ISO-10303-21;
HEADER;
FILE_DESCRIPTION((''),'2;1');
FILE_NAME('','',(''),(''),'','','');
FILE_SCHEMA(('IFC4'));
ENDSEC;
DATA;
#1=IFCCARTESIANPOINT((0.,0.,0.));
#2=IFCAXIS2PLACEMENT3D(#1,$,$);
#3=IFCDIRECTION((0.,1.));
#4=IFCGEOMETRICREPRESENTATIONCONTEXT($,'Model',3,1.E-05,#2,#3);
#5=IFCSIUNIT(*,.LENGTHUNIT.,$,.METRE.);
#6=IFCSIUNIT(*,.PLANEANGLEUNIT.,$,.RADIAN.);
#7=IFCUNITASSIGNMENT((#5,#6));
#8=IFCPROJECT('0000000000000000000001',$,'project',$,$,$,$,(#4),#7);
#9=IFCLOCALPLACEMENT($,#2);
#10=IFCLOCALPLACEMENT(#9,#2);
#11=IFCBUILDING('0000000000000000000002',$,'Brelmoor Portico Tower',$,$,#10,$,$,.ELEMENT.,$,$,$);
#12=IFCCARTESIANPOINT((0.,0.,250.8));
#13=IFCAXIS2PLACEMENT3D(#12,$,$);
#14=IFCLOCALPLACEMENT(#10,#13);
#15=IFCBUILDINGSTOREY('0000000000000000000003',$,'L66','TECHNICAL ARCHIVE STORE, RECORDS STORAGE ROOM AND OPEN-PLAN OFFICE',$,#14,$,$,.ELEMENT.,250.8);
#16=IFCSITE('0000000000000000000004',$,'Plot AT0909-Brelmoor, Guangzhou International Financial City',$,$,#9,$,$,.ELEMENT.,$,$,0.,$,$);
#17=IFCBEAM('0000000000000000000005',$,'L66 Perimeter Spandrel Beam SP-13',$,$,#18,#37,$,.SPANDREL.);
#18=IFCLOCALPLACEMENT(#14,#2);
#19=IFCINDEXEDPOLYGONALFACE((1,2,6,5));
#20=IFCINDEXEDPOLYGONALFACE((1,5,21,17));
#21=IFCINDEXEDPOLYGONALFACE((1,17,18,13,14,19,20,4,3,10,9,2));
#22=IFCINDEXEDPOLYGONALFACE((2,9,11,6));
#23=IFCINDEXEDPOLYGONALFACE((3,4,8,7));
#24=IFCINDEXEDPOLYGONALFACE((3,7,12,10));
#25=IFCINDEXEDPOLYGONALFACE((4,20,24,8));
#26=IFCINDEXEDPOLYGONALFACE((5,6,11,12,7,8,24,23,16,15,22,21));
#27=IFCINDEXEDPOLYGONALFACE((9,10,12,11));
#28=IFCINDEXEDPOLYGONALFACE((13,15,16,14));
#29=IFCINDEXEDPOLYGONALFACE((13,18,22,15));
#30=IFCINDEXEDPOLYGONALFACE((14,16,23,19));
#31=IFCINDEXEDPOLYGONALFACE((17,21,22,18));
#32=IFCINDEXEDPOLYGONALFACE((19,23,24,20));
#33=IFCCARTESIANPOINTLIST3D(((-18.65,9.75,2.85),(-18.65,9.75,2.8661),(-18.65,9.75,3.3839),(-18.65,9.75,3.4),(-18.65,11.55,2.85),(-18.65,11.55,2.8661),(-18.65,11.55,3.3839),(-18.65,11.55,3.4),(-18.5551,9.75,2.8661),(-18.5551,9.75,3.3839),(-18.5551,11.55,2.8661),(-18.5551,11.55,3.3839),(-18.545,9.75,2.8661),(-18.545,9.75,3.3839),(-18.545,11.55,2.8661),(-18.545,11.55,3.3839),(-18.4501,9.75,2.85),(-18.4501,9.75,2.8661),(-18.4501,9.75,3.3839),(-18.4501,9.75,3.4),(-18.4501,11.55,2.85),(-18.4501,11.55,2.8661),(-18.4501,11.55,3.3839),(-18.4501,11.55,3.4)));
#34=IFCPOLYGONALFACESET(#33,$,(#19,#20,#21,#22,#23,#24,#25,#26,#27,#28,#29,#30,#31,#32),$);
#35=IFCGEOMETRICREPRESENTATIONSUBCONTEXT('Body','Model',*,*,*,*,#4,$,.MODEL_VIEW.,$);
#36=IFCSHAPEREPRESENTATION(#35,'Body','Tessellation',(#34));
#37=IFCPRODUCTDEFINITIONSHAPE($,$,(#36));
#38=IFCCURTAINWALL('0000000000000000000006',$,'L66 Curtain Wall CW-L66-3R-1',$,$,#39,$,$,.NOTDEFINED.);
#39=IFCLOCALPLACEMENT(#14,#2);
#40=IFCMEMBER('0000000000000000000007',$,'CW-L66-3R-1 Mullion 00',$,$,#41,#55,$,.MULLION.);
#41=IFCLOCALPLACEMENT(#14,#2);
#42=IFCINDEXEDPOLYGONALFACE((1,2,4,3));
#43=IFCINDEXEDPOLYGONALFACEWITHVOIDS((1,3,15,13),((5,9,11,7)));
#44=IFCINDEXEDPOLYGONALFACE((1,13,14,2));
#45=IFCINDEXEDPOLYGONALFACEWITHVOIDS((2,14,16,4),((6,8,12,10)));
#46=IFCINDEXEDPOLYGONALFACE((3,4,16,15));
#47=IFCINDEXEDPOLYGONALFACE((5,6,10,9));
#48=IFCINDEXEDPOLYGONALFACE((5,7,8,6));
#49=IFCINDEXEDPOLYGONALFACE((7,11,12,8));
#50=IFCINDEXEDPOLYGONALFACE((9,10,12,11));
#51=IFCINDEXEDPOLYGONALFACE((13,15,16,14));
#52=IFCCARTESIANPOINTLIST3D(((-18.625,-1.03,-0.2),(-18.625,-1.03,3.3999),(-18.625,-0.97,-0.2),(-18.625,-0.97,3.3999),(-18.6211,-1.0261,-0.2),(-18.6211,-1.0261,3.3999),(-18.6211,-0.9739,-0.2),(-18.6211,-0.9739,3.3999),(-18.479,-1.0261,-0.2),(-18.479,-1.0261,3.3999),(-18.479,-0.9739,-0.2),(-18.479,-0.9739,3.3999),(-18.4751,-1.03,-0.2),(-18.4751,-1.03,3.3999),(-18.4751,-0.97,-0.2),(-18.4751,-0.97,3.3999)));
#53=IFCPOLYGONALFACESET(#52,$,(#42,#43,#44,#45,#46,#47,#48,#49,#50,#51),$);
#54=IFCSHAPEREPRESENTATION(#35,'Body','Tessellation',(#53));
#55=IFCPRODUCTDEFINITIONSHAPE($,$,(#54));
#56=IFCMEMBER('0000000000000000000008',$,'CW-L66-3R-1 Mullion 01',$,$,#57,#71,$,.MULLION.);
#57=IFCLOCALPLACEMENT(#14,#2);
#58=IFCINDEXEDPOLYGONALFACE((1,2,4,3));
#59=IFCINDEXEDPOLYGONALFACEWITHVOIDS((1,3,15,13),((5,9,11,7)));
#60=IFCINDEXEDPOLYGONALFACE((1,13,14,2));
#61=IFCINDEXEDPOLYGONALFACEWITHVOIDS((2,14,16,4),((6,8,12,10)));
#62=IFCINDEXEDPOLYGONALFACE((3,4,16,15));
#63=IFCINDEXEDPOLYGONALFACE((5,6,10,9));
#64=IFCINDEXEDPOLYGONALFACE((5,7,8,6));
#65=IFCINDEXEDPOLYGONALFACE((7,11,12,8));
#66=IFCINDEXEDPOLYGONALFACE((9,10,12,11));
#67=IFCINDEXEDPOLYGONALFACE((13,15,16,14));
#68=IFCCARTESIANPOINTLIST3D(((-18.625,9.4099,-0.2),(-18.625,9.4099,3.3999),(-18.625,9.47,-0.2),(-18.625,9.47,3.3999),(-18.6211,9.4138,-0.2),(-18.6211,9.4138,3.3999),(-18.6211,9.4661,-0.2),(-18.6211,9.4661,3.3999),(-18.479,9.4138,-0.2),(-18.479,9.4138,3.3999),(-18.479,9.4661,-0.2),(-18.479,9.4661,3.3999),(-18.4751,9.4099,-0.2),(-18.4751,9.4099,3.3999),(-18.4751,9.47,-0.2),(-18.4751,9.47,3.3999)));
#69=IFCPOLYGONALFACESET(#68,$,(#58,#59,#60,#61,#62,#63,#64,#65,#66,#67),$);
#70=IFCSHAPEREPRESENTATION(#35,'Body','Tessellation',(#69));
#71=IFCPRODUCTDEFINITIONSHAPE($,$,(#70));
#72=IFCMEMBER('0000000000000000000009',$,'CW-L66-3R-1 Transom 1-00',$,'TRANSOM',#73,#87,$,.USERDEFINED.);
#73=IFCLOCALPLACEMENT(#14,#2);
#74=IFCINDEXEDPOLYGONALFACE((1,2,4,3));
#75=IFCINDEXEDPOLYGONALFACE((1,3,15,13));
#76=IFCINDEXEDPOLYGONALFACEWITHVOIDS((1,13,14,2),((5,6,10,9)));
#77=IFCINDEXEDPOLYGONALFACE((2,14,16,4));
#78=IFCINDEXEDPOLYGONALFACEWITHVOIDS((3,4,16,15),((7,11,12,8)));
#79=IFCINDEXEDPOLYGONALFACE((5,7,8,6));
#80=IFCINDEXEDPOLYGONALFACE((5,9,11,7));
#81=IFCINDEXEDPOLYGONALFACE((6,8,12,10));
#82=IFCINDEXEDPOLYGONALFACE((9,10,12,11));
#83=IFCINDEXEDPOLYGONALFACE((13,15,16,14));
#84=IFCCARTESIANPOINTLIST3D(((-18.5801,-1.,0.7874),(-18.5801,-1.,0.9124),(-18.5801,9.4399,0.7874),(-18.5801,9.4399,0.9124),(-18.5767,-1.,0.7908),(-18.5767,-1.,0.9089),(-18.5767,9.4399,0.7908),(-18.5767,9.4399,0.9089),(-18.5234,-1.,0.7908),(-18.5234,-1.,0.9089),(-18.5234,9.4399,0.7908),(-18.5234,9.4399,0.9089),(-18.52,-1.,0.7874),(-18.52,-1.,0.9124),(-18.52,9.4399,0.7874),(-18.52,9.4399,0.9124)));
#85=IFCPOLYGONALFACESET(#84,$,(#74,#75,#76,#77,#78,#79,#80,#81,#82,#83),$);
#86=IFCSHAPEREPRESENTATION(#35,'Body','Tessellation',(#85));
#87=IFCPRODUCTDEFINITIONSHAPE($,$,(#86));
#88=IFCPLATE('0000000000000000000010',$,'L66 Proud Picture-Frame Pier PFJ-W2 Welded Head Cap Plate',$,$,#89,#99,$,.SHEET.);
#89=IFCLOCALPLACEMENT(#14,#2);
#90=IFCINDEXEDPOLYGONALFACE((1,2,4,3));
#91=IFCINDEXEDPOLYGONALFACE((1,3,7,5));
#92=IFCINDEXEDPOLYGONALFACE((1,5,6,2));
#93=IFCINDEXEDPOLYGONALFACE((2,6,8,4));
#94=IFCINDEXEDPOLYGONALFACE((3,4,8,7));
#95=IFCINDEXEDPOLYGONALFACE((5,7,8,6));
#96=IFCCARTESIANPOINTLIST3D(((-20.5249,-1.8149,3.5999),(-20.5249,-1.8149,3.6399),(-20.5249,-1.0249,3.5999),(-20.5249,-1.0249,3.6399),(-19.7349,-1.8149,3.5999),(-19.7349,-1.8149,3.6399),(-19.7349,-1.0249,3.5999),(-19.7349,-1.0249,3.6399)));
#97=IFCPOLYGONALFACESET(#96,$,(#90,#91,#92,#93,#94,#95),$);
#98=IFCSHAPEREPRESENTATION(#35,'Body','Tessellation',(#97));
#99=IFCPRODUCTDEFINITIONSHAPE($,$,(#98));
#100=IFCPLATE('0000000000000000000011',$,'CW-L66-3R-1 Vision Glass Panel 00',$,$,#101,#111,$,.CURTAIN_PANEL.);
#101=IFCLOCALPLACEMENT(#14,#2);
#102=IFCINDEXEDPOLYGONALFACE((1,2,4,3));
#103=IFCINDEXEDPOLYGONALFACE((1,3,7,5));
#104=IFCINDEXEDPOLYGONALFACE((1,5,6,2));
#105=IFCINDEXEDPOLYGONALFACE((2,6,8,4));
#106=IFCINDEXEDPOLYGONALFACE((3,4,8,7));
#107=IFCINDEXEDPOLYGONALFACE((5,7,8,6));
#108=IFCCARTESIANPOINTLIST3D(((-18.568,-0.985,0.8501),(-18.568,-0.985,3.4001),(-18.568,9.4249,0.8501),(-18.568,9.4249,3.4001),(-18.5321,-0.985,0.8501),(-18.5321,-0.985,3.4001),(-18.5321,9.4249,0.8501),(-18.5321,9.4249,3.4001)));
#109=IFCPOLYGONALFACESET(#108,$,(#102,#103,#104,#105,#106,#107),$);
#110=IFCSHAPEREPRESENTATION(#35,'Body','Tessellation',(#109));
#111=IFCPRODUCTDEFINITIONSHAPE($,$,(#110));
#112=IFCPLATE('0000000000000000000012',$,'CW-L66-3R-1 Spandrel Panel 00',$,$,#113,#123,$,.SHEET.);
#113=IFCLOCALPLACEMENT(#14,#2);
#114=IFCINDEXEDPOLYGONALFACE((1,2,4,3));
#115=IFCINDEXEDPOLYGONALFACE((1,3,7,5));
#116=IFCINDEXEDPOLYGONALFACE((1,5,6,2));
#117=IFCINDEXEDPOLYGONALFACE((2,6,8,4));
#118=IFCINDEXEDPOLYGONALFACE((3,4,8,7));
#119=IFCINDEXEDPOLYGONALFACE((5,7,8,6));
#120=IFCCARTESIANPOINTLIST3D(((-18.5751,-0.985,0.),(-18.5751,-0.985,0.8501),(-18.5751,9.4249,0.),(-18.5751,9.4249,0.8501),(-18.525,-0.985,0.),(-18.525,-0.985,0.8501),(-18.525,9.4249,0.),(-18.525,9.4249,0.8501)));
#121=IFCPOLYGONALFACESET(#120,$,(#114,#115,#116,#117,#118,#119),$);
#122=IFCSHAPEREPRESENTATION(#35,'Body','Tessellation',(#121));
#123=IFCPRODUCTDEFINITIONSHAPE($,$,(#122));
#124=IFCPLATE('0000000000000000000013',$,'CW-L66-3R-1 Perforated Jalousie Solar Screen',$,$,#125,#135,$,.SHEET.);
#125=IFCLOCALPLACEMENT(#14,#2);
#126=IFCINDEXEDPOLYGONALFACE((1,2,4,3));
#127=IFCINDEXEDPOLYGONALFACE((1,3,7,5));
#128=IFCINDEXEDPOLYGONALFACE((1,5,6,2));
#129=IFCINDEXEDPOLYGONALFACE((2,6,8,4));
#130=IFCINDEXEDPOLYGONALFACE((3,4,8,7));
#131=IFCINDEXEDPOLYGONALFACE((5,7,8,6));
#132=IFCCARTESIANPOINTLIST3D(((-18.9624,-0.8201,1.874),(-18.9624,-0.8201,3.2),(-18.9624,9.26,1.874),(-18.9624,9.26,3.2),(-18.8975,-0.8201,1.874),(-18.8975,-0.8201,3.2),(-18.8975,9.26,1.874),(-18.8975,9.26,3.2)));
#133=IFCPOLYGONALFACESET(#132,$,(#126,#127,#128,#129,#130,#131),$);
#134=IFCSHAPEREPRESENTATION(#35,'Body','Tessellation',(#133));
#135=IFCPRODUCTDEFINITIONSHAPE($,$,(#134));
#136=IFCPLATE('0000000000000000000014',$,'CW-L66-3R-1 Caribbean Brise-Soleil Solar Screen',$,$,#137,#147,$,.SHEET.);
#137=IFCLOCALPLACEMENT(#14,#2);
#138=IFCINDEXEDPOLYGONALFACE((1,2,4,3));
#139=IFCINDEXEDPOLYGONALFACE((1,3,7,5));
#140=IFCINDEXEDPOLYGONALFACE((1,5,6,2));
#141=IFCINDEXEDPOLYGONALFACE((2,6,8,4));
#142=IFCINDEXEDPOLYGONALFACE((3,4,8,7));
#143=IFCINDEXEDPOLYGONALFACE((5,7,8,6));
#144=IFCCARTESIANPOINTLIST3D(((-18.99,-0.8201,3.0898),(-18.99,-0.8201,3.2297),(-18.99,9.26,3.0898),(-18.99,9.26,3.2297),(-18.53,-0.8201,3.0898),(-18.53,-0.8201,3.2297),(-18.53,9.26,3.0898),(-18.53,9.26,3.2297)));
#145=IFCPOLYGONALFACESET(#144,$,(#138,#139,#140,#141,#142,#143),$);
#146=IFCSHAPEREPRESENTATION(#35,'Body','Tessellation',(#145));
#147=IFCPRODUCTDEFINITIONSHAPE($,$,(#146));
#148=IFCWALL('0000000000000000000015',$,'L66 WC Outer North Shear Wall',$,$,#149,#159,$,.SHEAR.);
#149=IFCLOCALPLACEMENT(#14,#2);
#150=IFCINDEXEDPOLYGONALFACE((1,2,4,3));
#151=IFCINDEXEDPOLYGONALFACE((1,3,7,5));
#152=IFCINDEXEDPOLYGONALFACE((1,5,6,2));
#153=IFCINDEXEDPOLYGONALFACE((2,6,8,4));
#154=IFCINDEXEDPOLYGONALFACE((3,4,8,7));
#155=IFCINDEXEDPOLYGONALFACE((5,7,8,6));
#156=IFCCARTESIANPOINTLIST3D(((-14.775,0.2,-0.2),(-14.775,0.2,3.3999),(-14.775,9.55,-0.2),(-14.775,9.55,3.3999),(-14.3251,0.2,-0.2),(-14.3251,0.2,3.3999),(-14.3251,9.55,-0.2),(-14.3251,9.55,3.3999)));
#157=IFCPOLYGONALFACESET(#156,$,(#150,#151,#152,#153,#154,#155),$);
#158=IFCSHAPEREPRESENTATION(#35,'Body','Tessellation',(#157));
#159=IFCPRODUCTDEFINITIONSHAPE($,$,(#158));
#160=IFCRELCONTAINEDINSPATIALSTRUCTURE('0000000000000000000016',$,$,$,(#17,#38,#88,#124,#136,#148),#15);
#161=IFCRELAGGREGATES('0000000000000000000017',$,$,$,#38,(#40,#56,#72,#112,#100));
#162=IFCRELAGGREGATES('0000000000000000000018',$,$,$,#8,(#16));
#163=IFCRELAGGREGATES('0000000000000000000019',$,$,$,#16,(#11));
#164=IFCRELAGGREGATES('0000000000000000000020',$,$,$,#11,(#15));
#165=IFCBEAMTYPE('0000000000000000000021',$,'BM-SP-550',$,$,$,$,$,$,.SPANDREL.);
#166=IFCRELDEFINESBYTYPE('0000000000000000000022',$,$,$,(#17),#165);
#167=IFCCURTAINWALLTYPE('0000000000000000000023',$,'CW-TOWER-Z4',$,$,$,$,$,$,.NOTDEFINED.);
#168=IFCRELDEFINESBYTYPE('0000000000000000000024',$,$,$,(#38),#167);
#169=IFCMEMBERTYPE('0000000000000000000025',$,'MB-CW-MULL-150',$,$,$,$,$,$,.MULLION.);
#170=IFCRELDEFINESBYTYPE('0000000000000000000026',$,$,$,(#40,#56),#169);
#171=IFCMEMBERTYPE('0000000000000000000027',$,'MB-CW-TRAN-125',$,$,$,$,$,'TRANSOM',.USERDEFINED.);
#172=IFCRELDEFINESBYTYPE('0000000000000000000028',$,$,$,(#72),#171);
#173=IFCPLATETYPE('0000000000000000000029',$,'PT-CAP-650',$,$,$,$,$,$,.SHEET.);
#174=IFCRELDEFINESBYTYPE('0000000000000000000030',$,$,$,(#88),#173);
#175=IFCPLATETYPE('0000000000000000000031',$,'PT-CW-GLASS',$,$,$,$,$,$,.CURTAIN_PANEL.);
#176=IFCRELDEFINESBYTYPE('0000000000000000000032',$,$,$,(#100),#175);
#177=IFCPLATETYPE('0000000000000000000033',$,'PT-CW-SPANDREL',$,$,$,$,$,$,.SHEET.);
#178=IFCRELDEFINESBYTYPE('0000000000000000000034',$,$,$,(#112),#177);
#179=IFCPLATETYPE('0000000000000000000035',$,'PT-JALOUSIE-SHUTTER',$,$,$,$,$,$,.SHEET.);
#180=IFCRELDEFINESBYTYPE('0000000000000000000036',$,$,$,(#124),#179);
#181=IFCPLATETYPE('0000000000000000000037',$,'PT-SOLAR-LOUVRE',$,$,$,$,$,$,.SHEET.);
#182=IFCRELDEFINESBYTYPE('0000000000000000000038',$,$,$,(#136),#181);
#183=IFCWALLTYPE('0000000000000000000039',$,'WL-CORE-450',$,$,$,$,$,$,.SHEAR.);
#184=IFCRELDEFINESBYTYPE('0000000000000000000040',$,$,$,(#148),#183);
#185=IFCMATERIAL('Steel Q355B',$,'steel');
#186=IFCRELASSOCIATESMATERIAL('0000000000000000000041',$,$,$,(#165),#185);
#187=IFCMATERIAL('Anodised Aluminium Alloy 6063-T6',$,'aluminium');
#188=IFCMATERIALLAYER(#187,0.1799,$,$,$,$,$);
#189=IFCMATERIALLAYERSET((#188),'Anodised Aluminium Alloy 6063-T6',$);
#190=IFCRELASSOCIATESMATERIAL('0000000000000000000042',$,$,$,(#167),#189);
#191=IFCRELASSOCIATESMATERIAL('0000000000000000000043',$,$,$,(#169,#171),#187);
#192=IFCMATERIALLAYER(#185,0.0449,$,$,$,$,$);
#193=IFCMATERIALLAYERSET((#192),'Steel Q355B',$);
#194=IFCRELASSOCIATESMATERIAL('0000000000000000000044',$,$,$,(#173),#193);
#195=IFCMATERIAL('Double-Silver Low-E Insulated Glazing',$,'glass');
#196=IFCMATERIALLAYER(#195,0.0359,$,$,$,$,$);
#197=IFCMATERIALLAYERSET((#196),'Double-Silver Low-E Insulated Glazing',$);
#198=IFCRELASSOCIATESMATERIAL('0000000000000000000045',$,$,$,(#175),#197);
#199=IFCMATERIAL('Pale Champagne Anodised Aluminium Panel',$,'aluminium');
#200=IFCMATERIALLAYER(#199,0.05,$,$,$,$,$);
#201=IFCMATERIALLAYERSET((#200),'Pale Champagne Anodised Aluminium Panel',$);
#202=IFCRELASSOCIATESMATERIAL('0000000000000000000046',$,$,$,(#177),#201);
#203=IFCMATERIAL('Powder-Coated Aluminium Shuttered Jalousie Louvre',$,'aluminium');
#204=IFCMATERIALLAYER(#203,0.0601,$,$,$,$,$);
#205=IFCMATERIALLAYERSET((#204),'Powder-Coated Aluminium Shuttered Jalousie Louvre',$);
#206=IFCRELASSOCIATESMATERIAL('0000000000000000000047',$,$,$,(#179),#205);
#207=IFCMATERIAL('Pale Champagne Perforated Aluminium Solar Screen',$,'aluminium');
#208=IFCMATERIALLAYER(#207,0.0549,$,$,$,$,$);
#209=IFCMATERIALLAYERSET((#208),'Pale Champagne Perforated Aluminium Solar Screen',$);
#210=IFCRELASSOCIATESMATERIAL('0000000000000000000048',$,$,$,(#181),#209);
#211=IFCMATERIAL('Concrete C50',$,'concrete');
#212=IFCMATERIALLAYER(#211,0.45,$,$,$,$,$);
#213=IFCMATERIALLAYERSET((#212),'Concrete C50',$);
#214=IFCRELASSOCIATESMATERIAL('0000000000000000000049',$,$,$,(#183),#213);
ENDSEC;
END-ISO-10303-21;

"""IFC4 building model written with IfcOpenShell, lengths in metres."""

from ifc_helpers import new_model, si_unit, direction, frame, frame_2d, origin, origin_2d, place, context, subcontext, project, spatial, rectangle, hollow_rectangle, i_section, extrude, material, layer, layer_set, material_profile, profile_set, type_object, element, aggregate, save


model = new_model("IFC4")

# Units and contexts
model_context = context("Model", 3, precision=1e-05, world=origin(), true_north=direction((0.0, 1.0)))
body_context = subcontext(model_context, "Body", "Model", "MODEL_VIEW")
ifc_project = project(units=[si_unit("LENGTHUNIT", "METRE"), si_unit("PLANEANGLEUNIT", "RADIAN")], contexts=[model_context])

# Site, building, storey
site_placement = place(None, origin())
site = spatial("IfcSite", under=ifc_project, at=site_placement, Name="Plot AT0909-Brelmoor, Guangzhou International Financial City", CompositionType="ELEMENT", RefElevation=0.0)
building_placement = place(site_placement, origin())
building = spatial("IfcBuilding", under=site, at=building_placement, Name="Brelmoor Portico Tower", CompositionType="ELEMENT")
storey_placement = place(building_placement, frame((0.0, 0.0, 250.8)))
storey = spatial("IfcBuildingStorey", under=building, at=storey_placement, Name="L66", Description="TECHNICAL ARCHIVE STORE, RECORDS STORAGE ROOM AND OPEN-PLAN OFFICE", CompositionType="ELEMENT", Elevation=250.8)

# Shared definitions
ifc_material_1 = material(Name="Steel Q355B", Category="steel")

# Beam
ifc_material_profile_1 = material_profile(ifc_material_1, i_section(OverallWidth=0.2, OverallDepth=0.55, WebThickness=0.01, FlangeThickness=0.0161, at=origin_2d()), Name="HN 550x200x10x16")
ifc_profile_set_1 = profile_set([ifc_material_profile_1], Name="Steel Q355B")
beam_type_1 = type_object("IfcBeamType", Name="BM-SP-550", PredefinedType="SPANDREL", material=ifc_profile_set_1)
beam_1_placement = place(storey_placement, frame((-18.55, 9.75, 3.125), z_axis=(0.0, 1.0, 0.0), x_axis=(-1.0, 0.0, 0.0)))
element("IfcBeam", 1, at=beam_1_placement, inside=storey, type_object=beam_type_1, Name="L66 Perimeter Spandrel Beam SP-13", PredefinedType="SPANDREL", context=body_context, shape_type="SweptSolid", body=[
    extrude(i_section(OverallWidth=0.2, OverallDepth=0.55, WebThickness=0.01, FlangeThickness=0.0161, at=origin_2d()), origin(), (0.0, 0.0, 1.0), 1.8),
])

# Curtain wall, members
ifc_material_2 = material(Name="Anodised Aluminium Alloy 6063-T6", Category="aluminium")
ifc_layer_1 = layer(ifc_material_2, 0.1799)
ifc_layer_set_1 = layer_set([ifc_layer_1], Name="Anodised Aluminium Alloy 6063-T6")
curtain_wall_type = type_object("IfcCurtainWallType", Name="CW-TOWER-Z4", PredefinedType="NOTDEFINED", material=ifc_layer_set_1)
curtain_wall_placement = place(storey_placement, origin())
curtain_wall = element("IfcCurtainWall", 2, at=curtain_wall_placement, inside=storey, type_object=curtain_wall_type, Name="L66 Curtain Wall CW-L66-3R-1", PredefinedType="NOTDEFINED")
ifc_material_profile_2 = material_profile(ifc_material_2, hollow_rectangle(XDim=0.0601, YDim=0.1499, WallThickness=0.0039, at=origin_2d()), Name="ALU MULLION 60x150")
ifc_profile_set_2 = profile_set([ifc_material_profile_2], Name="Anodised Aluminium Alloy 6063-T6")
member_type_1 = type_object("IfcMemberType", Name="MB-CW-MULL-150", PredefinedType="MULLION", material=ifc_profile_set_2)
member_1_placement = place(storey_placement, frame((-18.55, -1.0, -0.2), z_axis=(0.0, 0.0, 1.0), x_axis=(0.0, 1.0, 0.0)))
member_1 = element("IfcMember", 3, at=member_1_placement, type_object=member_type_1, Name="CW-L66-3R-1 Mullion 00", PredefinedType="MULLION", context=body_context, shape_type="SweptSolid", body=[
    extrude(hollow_rectangle(XDim=0.0601, YDim=0.1499, WallThickness=0.0039, at=origin_2d()), origin(), (0.0, 0.0, 1.0), 3.5999),
])
member_2_placement = place(storey_placement, frame((-18.55, 9.4399, -0.2), z_axis=(0.0, 0.0, 1.0), x_axis=(0.0, 1.0, 0.0)))
member_2 = element("IfcMember", 4, at=member_2_placement, type_object=member_type_1, Name="CW-L66-3R-1 Mullion 01", PredefinedType="MULLION", context=body_context, shape_type="SweptSolid", body=[
    extrude(hollow_rectangle(XDim=0.0601, YDim=0.1499, WallThickness=0.0039, at=origin_2d()), origin(), (0.0, 0.0, 1.0), 3.5999),
])
ifc_material_profile_3 = material_profile(ifc_material_2, hollow_rectangle(XDim=0.0601, YDim=0.125, WallThickness=0.0034, at=origin_2d()), Name="ALU TRANSOM 60x125")
ifc_profile_set_3 = profile_set([ifc_material_profile_3], Name="Anodised Aluminium Alloy 6063-T6")
member_type_2 = type_object("IfcMemberType", Name="MB-CW-TRAN-125", ElementType="TRANSOM", PredefinedType="USERDEFINED", material=ifc_profile_set_3)
member_3_placement = place(storey_placement, frame((-18.55, -1.0, 0.8499), z_axis=(0.0, 1.0, 0.0), x_axis=(-1.0, 0.0, 0.0)))
member_3 = element("IfcMember", 5, at=member_3_placement, type_object=member_type_2, Name="CW-L66-3R-1 Transom 1-00", ObjectType="TRANSOM", PredefinedType="USERDEFINED", context=body_context, shape_type="SweptSolid", body=[
    extrude(hollow_rectangle(XDim=0.0601, YDim=0.125, WallThickness=0.0034, at=origin_2d()), origin(), (0.0, 0.0, 1.0), 10.4399),
])

# Plates
ifc_layer_2 = layer(ifc_material_1, 0.0449)
ifc_layer_set_2 = layer_set([ifc_layer_2], Name="Steel Q355B")
plate_type_1 = type_object("IfcPlateType", Name="PT-CAP-650", PredefinedType="SHEET", material=ifc_layer_set_2)
plate_1_placement = place(storey_placement, frame((-20.1299, -1.4199, 3.5999), z_axis=(0.0, 0.0, 1.0), x_axis=(0.0, 1.0, 0.0)))
element("IfcPlate", 6, at=plate_1_placement, inside=storey, type_object=plate_type_1, Name="L66 Proud Picture-Frame Pier PFJ-W2 Welded Head Cap Plate", PredefinedType="SHEET", context=body_context, shape_type="SweptSolid", body=[
    extrude(rectangle(XDim=0.79, YDim=0.79, at=origin_2d()), origin(), (0.0, 0.0, 1.0), 0.04),
])
ifc_material_3 = material(Name="Double-Silver Low-E Insulated Glazing", Category="glass")
ifc_layer_3 = layer(ifc_material_3, 0.0359)
ifc_layer_set_3 = layer_set([ifc_layer_3], Name="Double-Silver Low-E Insulated Glazing")
plate_type_2 = type_object("IfcPlateType", Name="PT-CW-GLASS", PredefinedType="CURTAIN_PANEL", material=ifc_layer_set_3)
plate_2_placement = place(storey_placement, frame((-18.55, 4.22, 0.8501), z_axis=(0.0, 0.0, 1.0), x_axis=(0.0, 1.0, 0.0)))
plate_2 = element("IfcPlate", 7, at=plate_2_placement, type_object=plate_type_2, Name="CW-L66-3R-1 Vision Glass Panel 00", PredefinedType="CURTAIN_PANEL", context=body_context, shape_type="SweptSolid", body=[
    extrude(rectangle(XDim=10.4099, YDim=0.0359, at=origin_2d()), origin(), (0.0, 0.0, 1.0), 2.55),
])
ifc_material_4 = material(Name="Pale Champagne Anodised Aluminium Panel", Category="aluminium")
ifc_layer_4 = layer(ifc_material_4, 0.05)
ifc_layer_set_4 = layer_set([ifc_layer_4], Name="Pale Champagne Anodised Aluminium Panel")
plate_type_3 = type_object("IfcPlateType", Name="PT-CW-SPANDREL", PredefinedType="SHEET", material=ifc_layer_set_4)
plate_3_placement = place(storey_placement, frame((-18.55, 4.22, 0.0), z_axis=(0.0, 0.0, 1.0), x_axis=(0.0, 1.0, 0.0)))
plate_3 = element("IfcPlate", 8, at=plate_3_placement, type_object=plate_type_3, Name="CW-L66-3R-1 Spandrel Panel 00", PredefinedType="SHEET", context=body_context, shape_type="SweptSolid", body=[
    extrude(rectangle(XDim=10.4099, YDim=0.05, at=origin_2d()), origin(), (0.0, 0.0, 1.0), 0.8501),
])
aggregate(curtain_wall, [member_1, member_2, member_3, plate_3, plate_2])

# Plates
ifc_material_5 = material(Name="Powder-Coated Aluminium Shuttered Jalousie Louvre", Category="aluminium")
ifc_layer_5 = layer(ifc_material_5, 0.0601)
ifc_layer_set_5 = layer_set([ifc_layer_5], Name="Powder-Coated Aluminium Shuttered Jalousie Louvre")
plate_type_4 = type_object("IfcPlateType", Name="PT-JALOUSIE-SHUTTER", PredefinedType="SHEET", material=ifc_layer_set_5)
plate_4_placement = place(storey_placement, frame((-18.9299, 4.22, 1.874), z_axis=(0.0, 0.0, 1.0), x_axis=(0.0, 1.0, 0.0)))
element("IfcPlate", 9, at=plate_4_placement, inside=storey, type_object=plate_type_4, Name="CW-L66-3R-1 Perforated Jalousie Solar Screen", PredefinedType="SHEET", context=body_context, shape_type="SweptSolid", body=[
    extrude(rectangle(XDim=10.0801, YDim=0.0649, at=origin_2d()), origin(), (0.0, 0.0, 1.0), 1.3259),
])
ifc_material_6 = material(Name="Pale Champagne Perforated Aluminium Solar Screen", Category="aluminium")
ifc_layer_6 = layer(ifc_material_6, 0.0549)
ifc_layer_set_6 = layer_set([ifc_layer_6], Name="Pale Champagne Perforated Aluminium Solar Screen")
plate_type_5 = type_object("IfcPlateType", Name="PT-SOLAR-LOUVRE", PredefinedType="SHEET", material=ifc_layer_set_6)
plate_5_placement = place(storey_placement, frame((-18.76, 4.22, 3.0898), z_axis=(0.0, 0.0, 1.0), x_axis=(0.0, 1.0, 0.0)))
element("IfcPlate", 10, at=plate_5_placement, inside=storey, type_object=plate_type_5, Name="CW-L66-3R-1 Caribbean Brise-Soleil Solar Screen", PredefinedType="SHEET", context=body_context, shape_type="SweptSolid", body=[
    extrude(rectangle(XDim=10.0801, YDim=0.46, at=origin_2d()), origin(), (0.0, 0.0, 1.0), 0.1399),
])

# Wall
ifc_material_7 = material(Name="Concrete C50", Category="concrete")
ifc_layer_7 = layer(ifc_material_7, 0.45)
ifc_layer_set_7 = layer_set([ifc_layer_7], Name="Concrete C50")
wall_type_1 = type_object("IfcWallType", Name="WL-CORE-450", PredefinedType="SHEAR", material=ifc_layer_set_7)
wall_1_placement = place(storey_placement, frame((-14.55, 0.2, -0.2), z_axis=(0.0, 0.0, 1.0), x_axis=(0.0, 1.0, 0.0)))
element("IfcWall", 11, at=wall_1_placement, inside=storey, type_object=wall_type_1, Name="L66 WC Outer North Shear Wall", PredefinedType="SHEAR", context=body_context, shape_type="SweptSolid", body=[
    extrude(rectangle(XDim=9.3501, YDim=0.45, at=frame_2d((4.675, 0.0))), origin(), (0.0, 0.0, 1.0), 3.5999),
])

save(model, "model.ifc")
